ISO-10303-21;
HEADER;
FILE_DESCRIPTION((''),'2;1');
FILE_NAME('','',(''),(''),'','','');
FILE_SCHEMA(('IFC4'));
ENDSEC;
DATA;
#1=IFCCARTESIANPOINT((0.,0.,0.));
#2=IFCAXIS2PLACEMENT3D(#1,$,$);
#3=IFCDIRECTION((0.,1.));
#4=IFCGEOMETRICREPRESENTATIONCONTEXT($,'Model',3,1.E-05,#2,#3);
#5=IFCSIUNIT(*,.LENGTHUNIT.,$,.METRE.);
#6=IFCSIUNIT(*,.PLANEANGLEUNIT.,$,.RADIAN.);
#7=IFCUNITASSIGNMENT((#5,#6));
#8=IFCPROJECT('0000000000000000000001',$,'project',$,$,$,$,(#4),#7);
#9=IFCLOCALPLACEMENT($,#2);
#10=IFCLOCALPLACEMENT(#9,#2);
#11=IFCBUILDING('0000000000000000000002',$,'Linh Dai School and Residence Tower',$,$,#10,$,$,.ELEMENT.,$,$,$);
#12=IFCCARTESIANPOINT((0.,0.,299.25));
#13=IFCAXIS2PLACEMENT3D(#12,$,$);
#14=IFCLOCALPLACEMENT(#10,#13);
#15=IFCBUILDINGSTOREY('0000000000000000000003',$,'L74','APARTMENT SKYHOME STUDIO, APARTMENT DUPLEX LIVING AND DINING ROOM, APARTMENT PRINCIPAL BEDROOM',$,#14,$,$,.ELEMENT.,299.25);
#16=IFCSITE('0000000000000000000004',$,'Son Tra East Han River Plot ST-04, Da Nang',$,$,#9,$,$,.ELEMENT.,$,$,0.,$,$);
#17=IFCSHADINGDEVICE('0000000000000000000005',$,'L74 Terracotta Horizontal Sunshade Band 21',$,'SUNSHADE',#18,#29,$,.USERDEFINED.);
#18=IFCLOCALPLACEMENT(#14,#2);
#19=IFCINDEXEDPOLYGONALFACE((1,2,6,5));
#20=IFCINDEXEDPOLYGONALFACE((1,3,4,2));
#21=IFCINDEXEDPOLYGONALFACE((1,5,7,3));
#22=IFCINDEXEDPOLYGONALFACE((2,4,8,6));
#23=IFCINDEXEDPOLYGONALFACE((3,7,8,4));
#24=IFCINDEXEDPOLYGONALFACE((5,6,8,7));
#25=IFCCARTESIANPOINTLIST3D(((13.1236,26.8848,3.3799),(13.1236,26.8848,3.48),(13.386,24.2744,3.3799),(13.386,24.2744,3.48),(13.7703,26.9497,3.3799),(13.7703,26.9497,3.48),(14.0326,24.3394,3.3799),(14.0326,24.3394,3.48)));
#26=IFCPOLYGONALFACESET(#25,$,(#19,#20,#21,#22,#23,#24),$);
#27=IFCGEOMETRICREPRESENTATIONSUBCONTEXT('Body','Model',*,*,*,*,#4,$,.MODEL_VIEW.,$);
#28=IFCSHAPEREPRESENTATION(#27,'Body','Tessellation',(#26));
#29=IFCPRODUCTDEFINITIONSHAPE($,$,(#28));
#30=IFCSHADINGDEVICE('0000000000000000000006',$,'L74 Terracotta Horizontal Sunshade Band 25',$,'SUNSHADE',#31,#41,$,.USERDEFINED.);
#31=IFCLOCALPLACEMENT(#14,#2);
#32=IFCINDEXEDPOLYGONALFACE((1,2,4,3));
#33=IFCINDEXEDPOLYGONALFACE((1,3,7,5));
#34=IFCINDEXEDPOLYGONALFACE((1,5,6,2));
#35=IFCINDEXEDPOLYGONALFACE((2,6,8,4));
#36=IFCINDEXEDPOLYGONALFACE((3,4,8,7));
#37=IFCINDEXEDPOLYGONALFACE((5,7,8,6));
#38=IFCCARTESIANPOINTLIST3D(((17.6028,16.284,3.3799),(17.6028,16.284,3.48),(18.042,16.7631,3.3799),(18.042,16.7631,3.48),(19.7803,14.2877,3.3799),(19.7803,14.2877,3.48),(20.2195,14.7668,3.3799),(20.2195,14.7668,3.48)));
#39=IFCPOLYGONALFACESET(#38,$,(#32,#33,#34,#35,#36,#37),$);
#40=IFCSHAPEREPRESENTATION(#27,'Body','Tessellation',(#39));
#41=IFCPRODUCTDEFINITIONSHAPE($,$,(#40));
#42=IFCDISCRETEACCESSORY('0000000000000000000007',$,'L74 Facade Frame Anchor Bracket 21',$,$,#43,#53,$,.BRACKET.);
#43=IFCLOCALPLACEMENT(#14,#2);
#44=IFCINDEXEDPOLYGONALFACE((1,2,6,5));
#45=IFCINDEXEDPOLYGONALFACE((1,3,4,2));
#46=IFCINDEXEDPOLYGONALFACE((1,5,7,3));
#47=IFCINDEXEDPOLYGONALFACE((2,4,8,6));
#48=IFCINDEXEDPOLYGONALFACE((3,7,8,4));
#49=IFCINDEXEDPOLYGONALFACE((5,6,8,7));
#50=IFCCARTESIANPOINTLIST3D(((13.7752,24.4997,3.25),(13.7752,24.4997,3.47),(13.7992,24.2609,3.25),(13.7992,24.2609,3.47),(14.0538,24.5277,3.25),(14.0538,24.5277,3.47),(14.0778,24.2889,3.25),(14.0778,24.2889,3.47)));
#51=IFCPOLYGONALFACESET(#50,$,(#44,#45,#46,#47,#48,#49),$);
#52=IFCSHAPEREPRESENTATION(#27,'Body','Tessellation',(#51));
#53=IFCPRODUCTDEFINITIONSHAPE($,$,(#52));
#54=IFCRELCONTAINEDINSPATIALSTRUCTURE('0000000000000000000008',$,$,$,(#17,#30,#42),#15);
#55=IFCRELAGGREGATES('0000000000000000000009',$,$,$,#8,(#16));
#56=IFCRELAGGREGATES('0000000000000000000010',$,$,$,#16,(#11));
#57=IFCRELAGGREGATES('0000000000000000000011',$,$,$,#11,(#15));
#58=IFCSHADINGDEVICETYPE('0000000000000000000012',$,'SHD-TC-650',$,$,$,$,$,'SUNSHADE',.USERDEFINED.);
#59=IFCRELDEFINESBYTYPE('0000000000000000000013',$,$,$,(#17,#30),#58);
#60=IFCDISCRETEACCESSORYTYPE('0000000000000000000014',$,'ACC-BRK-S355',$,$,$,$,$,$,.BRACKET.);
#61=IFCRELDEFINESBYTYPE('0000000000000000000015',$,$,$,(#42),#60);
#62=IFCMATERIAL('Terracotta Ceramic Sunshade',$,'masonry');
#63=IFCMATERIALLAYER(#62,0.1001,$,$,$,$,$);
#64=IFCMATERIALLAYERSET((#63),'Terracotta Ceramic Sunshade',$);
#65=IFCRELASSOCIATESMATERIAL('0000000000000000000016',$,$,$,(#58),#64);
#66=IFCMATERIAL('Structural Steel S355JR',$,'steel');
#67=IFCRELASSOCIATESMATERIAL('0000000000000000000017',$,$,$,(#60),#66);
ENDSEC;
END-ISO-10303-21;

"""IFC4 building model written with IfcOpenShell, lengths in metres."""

from ifc_helpers import new_model, si_unit, direction, frame, origin, origin_2d, place, context, subcontext, project, spatial, rectangle, extrude, source, transform, mapped, material, layer, layer_set, type_object, element, save


model = new_model("IFC4")

# Units and contexts
model_context = context("Model", 3, precision=1e-05, world=origin(), true_north=direction((0.0, 1.0)))
body_context = subcontext(model_context, "Body", "Model", "MODEL_VIEW")
ifc_project = project(units=[si_unit("LENGTHUNIT", "METRE"), si_unit("PLANEANGLEUNIT", "RADIAN")], contexts=[model_context])

# Site, building, storey
site_placement = place(None, origin())
site = spatial("IfcSite", under=ifc_project, at=site_placement, Name="Son Tra East Han River Plot ST-04, Da Nang", CompositionType="ELEMENT", RefElevation=0.0)
building_placement = place(site_placement, origin())
building = spatial("IfcBuilding", under=site, at=building_placement, Name="Linh Dai School and Residence Tower", CompositionType="ELEMENT")
storey_placement = place(building_placement, frame((0.0, 0.0, 299.25)))
storey = spatial("IfcBuildingStorey", under=building, at=storey_placement, Name="L74", Description="APARTMENT SKYHOME STUDIO, APARTMENT DUPLEX LIVING AND DINING ROOM, APARTMENT PRINCIPAL BEDROOM", CompositionType="ELEMENT", Elevation=299.25)

# Shared definitions
ifc_material_1 = material(Name="Structural Steel S355JR", Category="steel")

# Shading devices
ifc_material_2 = material(Name="Terracotta Ceramic Sunshade", Category="masonry")
ifc_layer_1 = layer(ifc_material_2, 0.1001)
ifc_layer_set_1 = layer_set([ifc_layer_1], Name="Terracotta Ceramic Sunshade")
shading_device_type = type_object("IfcShadingDeviceType", Name="SHD-TC-650", ElementType="SUNSHADE", PredefinedType="USERDEFINED", material=ifc_layer_set_1)
shared_shape_1 = source(origin(), body_context, "Body", "SweptSolid", [
    extrude(rectangle(XDim=2.6235, YDim=0.6499, at=origin_2d()), origin(), (0.0, 0.0, 1.0), 0.1001),
])
shading_device_1_placement = place(storey_placement, frame((13.5781, 25.6121, 3.3799), z_axis=(0.0, 0.0, 1.0), x_axis=(-0.100008, 0.994987, 0.0)))
element("IfcShadingDevice", 1, at=shading_device_1_placement, inside=storey, type_object=shading_device_type, Name="L74 Terracotta Horizontal Sunshade Band 21", ObjectType="SUNSHADE", PredefinedType="USERDEFINED", context=body_context, shape_type="MappedRepresentation", body=[
    mapped(shared_shape_1, transform((0.0, 0.0, 0.0), x_axis=(1.0, 0.0, 0.0), y_axis=(0.0, 1.0, 0.0), z_axis=(0.0, 0.0, 1.0), scale=1.0)),
])
shared_shape_2 = source(origin(), body_context, "Body", "SweptSolid", [
    extrude(rectangle(XDim=2.9541, YDim=0.6499, at=origin_2d()), origin(), (0.0, 0.0, 1.0), 0.1001),
])
shading_device_2_placement = place(storey_placement, frame((18.9111, 15.5254, 3.3799), z_axis=(0.0, 0.0, 1.0), x_axis=(-0.737104, 0.675779, 0.0)))
element("IfcShadingDevice", 2, at=shading_device_2_placement, inside=storey, type_object=shading_device_type, Name="L74 Terracotta Horizontal Sunshade Band 25", ObjectType="SUNSHADE", PredefinedType="USERDEFINED", context=body_context, shape_type="MappedRepresentation", body=[
    mapped(shared_shape_2, transform((0.0, 0.0, 0.0), x_axis=(1.0, 0.0, 0.0), y_axis=(0.0, 1.0, 0.0), z_axis=(0.0, 0.0, 1.0), scale=1.0)),
])

# Discrete accessory
discrete_accessory_type = type_object("IfcDiscreteAccessoryType", Name="ACC-BRK-S355", PredefinedType="BRACKET", material=ifc_material_1)
shared_shape_3 = source(origin(), body_context, "Body", "SweptSolid", [
    extrude(rectangle(XDim=0.28, YDim=0.24, at=origin_2d()), origin(), (0.0, 0.0, 1.0), 0.22),
])
discrete_accessory_placement = place(storey_placement, frame((13.9265, 24.3943, 3.25), z_axis=(0.0, 0.0, 1.0), x_axis=(-0.994987, -0.100008, 0.0)))
element("IfcDiscreteAccessory", 3, at=discrete_accessory_placement, inside=storey, type_object=discrete_accessory_type, Name="L74 Facade Frame Anchor Bracket 21", PredefinedType="BRACKET", context=body_context, shape_type="MappedRepresentation", body=[
    mapped(shared_shape_3, transform((0.0, 0.0, 0.0), x_axis=(1.0, 0.0, 0.0), y_axis=(0.0, 1.0, 0.0), z_axis=(0.0, 0.0, 1.0), scale=1.0)),
])

save(model, "model.ifc")
